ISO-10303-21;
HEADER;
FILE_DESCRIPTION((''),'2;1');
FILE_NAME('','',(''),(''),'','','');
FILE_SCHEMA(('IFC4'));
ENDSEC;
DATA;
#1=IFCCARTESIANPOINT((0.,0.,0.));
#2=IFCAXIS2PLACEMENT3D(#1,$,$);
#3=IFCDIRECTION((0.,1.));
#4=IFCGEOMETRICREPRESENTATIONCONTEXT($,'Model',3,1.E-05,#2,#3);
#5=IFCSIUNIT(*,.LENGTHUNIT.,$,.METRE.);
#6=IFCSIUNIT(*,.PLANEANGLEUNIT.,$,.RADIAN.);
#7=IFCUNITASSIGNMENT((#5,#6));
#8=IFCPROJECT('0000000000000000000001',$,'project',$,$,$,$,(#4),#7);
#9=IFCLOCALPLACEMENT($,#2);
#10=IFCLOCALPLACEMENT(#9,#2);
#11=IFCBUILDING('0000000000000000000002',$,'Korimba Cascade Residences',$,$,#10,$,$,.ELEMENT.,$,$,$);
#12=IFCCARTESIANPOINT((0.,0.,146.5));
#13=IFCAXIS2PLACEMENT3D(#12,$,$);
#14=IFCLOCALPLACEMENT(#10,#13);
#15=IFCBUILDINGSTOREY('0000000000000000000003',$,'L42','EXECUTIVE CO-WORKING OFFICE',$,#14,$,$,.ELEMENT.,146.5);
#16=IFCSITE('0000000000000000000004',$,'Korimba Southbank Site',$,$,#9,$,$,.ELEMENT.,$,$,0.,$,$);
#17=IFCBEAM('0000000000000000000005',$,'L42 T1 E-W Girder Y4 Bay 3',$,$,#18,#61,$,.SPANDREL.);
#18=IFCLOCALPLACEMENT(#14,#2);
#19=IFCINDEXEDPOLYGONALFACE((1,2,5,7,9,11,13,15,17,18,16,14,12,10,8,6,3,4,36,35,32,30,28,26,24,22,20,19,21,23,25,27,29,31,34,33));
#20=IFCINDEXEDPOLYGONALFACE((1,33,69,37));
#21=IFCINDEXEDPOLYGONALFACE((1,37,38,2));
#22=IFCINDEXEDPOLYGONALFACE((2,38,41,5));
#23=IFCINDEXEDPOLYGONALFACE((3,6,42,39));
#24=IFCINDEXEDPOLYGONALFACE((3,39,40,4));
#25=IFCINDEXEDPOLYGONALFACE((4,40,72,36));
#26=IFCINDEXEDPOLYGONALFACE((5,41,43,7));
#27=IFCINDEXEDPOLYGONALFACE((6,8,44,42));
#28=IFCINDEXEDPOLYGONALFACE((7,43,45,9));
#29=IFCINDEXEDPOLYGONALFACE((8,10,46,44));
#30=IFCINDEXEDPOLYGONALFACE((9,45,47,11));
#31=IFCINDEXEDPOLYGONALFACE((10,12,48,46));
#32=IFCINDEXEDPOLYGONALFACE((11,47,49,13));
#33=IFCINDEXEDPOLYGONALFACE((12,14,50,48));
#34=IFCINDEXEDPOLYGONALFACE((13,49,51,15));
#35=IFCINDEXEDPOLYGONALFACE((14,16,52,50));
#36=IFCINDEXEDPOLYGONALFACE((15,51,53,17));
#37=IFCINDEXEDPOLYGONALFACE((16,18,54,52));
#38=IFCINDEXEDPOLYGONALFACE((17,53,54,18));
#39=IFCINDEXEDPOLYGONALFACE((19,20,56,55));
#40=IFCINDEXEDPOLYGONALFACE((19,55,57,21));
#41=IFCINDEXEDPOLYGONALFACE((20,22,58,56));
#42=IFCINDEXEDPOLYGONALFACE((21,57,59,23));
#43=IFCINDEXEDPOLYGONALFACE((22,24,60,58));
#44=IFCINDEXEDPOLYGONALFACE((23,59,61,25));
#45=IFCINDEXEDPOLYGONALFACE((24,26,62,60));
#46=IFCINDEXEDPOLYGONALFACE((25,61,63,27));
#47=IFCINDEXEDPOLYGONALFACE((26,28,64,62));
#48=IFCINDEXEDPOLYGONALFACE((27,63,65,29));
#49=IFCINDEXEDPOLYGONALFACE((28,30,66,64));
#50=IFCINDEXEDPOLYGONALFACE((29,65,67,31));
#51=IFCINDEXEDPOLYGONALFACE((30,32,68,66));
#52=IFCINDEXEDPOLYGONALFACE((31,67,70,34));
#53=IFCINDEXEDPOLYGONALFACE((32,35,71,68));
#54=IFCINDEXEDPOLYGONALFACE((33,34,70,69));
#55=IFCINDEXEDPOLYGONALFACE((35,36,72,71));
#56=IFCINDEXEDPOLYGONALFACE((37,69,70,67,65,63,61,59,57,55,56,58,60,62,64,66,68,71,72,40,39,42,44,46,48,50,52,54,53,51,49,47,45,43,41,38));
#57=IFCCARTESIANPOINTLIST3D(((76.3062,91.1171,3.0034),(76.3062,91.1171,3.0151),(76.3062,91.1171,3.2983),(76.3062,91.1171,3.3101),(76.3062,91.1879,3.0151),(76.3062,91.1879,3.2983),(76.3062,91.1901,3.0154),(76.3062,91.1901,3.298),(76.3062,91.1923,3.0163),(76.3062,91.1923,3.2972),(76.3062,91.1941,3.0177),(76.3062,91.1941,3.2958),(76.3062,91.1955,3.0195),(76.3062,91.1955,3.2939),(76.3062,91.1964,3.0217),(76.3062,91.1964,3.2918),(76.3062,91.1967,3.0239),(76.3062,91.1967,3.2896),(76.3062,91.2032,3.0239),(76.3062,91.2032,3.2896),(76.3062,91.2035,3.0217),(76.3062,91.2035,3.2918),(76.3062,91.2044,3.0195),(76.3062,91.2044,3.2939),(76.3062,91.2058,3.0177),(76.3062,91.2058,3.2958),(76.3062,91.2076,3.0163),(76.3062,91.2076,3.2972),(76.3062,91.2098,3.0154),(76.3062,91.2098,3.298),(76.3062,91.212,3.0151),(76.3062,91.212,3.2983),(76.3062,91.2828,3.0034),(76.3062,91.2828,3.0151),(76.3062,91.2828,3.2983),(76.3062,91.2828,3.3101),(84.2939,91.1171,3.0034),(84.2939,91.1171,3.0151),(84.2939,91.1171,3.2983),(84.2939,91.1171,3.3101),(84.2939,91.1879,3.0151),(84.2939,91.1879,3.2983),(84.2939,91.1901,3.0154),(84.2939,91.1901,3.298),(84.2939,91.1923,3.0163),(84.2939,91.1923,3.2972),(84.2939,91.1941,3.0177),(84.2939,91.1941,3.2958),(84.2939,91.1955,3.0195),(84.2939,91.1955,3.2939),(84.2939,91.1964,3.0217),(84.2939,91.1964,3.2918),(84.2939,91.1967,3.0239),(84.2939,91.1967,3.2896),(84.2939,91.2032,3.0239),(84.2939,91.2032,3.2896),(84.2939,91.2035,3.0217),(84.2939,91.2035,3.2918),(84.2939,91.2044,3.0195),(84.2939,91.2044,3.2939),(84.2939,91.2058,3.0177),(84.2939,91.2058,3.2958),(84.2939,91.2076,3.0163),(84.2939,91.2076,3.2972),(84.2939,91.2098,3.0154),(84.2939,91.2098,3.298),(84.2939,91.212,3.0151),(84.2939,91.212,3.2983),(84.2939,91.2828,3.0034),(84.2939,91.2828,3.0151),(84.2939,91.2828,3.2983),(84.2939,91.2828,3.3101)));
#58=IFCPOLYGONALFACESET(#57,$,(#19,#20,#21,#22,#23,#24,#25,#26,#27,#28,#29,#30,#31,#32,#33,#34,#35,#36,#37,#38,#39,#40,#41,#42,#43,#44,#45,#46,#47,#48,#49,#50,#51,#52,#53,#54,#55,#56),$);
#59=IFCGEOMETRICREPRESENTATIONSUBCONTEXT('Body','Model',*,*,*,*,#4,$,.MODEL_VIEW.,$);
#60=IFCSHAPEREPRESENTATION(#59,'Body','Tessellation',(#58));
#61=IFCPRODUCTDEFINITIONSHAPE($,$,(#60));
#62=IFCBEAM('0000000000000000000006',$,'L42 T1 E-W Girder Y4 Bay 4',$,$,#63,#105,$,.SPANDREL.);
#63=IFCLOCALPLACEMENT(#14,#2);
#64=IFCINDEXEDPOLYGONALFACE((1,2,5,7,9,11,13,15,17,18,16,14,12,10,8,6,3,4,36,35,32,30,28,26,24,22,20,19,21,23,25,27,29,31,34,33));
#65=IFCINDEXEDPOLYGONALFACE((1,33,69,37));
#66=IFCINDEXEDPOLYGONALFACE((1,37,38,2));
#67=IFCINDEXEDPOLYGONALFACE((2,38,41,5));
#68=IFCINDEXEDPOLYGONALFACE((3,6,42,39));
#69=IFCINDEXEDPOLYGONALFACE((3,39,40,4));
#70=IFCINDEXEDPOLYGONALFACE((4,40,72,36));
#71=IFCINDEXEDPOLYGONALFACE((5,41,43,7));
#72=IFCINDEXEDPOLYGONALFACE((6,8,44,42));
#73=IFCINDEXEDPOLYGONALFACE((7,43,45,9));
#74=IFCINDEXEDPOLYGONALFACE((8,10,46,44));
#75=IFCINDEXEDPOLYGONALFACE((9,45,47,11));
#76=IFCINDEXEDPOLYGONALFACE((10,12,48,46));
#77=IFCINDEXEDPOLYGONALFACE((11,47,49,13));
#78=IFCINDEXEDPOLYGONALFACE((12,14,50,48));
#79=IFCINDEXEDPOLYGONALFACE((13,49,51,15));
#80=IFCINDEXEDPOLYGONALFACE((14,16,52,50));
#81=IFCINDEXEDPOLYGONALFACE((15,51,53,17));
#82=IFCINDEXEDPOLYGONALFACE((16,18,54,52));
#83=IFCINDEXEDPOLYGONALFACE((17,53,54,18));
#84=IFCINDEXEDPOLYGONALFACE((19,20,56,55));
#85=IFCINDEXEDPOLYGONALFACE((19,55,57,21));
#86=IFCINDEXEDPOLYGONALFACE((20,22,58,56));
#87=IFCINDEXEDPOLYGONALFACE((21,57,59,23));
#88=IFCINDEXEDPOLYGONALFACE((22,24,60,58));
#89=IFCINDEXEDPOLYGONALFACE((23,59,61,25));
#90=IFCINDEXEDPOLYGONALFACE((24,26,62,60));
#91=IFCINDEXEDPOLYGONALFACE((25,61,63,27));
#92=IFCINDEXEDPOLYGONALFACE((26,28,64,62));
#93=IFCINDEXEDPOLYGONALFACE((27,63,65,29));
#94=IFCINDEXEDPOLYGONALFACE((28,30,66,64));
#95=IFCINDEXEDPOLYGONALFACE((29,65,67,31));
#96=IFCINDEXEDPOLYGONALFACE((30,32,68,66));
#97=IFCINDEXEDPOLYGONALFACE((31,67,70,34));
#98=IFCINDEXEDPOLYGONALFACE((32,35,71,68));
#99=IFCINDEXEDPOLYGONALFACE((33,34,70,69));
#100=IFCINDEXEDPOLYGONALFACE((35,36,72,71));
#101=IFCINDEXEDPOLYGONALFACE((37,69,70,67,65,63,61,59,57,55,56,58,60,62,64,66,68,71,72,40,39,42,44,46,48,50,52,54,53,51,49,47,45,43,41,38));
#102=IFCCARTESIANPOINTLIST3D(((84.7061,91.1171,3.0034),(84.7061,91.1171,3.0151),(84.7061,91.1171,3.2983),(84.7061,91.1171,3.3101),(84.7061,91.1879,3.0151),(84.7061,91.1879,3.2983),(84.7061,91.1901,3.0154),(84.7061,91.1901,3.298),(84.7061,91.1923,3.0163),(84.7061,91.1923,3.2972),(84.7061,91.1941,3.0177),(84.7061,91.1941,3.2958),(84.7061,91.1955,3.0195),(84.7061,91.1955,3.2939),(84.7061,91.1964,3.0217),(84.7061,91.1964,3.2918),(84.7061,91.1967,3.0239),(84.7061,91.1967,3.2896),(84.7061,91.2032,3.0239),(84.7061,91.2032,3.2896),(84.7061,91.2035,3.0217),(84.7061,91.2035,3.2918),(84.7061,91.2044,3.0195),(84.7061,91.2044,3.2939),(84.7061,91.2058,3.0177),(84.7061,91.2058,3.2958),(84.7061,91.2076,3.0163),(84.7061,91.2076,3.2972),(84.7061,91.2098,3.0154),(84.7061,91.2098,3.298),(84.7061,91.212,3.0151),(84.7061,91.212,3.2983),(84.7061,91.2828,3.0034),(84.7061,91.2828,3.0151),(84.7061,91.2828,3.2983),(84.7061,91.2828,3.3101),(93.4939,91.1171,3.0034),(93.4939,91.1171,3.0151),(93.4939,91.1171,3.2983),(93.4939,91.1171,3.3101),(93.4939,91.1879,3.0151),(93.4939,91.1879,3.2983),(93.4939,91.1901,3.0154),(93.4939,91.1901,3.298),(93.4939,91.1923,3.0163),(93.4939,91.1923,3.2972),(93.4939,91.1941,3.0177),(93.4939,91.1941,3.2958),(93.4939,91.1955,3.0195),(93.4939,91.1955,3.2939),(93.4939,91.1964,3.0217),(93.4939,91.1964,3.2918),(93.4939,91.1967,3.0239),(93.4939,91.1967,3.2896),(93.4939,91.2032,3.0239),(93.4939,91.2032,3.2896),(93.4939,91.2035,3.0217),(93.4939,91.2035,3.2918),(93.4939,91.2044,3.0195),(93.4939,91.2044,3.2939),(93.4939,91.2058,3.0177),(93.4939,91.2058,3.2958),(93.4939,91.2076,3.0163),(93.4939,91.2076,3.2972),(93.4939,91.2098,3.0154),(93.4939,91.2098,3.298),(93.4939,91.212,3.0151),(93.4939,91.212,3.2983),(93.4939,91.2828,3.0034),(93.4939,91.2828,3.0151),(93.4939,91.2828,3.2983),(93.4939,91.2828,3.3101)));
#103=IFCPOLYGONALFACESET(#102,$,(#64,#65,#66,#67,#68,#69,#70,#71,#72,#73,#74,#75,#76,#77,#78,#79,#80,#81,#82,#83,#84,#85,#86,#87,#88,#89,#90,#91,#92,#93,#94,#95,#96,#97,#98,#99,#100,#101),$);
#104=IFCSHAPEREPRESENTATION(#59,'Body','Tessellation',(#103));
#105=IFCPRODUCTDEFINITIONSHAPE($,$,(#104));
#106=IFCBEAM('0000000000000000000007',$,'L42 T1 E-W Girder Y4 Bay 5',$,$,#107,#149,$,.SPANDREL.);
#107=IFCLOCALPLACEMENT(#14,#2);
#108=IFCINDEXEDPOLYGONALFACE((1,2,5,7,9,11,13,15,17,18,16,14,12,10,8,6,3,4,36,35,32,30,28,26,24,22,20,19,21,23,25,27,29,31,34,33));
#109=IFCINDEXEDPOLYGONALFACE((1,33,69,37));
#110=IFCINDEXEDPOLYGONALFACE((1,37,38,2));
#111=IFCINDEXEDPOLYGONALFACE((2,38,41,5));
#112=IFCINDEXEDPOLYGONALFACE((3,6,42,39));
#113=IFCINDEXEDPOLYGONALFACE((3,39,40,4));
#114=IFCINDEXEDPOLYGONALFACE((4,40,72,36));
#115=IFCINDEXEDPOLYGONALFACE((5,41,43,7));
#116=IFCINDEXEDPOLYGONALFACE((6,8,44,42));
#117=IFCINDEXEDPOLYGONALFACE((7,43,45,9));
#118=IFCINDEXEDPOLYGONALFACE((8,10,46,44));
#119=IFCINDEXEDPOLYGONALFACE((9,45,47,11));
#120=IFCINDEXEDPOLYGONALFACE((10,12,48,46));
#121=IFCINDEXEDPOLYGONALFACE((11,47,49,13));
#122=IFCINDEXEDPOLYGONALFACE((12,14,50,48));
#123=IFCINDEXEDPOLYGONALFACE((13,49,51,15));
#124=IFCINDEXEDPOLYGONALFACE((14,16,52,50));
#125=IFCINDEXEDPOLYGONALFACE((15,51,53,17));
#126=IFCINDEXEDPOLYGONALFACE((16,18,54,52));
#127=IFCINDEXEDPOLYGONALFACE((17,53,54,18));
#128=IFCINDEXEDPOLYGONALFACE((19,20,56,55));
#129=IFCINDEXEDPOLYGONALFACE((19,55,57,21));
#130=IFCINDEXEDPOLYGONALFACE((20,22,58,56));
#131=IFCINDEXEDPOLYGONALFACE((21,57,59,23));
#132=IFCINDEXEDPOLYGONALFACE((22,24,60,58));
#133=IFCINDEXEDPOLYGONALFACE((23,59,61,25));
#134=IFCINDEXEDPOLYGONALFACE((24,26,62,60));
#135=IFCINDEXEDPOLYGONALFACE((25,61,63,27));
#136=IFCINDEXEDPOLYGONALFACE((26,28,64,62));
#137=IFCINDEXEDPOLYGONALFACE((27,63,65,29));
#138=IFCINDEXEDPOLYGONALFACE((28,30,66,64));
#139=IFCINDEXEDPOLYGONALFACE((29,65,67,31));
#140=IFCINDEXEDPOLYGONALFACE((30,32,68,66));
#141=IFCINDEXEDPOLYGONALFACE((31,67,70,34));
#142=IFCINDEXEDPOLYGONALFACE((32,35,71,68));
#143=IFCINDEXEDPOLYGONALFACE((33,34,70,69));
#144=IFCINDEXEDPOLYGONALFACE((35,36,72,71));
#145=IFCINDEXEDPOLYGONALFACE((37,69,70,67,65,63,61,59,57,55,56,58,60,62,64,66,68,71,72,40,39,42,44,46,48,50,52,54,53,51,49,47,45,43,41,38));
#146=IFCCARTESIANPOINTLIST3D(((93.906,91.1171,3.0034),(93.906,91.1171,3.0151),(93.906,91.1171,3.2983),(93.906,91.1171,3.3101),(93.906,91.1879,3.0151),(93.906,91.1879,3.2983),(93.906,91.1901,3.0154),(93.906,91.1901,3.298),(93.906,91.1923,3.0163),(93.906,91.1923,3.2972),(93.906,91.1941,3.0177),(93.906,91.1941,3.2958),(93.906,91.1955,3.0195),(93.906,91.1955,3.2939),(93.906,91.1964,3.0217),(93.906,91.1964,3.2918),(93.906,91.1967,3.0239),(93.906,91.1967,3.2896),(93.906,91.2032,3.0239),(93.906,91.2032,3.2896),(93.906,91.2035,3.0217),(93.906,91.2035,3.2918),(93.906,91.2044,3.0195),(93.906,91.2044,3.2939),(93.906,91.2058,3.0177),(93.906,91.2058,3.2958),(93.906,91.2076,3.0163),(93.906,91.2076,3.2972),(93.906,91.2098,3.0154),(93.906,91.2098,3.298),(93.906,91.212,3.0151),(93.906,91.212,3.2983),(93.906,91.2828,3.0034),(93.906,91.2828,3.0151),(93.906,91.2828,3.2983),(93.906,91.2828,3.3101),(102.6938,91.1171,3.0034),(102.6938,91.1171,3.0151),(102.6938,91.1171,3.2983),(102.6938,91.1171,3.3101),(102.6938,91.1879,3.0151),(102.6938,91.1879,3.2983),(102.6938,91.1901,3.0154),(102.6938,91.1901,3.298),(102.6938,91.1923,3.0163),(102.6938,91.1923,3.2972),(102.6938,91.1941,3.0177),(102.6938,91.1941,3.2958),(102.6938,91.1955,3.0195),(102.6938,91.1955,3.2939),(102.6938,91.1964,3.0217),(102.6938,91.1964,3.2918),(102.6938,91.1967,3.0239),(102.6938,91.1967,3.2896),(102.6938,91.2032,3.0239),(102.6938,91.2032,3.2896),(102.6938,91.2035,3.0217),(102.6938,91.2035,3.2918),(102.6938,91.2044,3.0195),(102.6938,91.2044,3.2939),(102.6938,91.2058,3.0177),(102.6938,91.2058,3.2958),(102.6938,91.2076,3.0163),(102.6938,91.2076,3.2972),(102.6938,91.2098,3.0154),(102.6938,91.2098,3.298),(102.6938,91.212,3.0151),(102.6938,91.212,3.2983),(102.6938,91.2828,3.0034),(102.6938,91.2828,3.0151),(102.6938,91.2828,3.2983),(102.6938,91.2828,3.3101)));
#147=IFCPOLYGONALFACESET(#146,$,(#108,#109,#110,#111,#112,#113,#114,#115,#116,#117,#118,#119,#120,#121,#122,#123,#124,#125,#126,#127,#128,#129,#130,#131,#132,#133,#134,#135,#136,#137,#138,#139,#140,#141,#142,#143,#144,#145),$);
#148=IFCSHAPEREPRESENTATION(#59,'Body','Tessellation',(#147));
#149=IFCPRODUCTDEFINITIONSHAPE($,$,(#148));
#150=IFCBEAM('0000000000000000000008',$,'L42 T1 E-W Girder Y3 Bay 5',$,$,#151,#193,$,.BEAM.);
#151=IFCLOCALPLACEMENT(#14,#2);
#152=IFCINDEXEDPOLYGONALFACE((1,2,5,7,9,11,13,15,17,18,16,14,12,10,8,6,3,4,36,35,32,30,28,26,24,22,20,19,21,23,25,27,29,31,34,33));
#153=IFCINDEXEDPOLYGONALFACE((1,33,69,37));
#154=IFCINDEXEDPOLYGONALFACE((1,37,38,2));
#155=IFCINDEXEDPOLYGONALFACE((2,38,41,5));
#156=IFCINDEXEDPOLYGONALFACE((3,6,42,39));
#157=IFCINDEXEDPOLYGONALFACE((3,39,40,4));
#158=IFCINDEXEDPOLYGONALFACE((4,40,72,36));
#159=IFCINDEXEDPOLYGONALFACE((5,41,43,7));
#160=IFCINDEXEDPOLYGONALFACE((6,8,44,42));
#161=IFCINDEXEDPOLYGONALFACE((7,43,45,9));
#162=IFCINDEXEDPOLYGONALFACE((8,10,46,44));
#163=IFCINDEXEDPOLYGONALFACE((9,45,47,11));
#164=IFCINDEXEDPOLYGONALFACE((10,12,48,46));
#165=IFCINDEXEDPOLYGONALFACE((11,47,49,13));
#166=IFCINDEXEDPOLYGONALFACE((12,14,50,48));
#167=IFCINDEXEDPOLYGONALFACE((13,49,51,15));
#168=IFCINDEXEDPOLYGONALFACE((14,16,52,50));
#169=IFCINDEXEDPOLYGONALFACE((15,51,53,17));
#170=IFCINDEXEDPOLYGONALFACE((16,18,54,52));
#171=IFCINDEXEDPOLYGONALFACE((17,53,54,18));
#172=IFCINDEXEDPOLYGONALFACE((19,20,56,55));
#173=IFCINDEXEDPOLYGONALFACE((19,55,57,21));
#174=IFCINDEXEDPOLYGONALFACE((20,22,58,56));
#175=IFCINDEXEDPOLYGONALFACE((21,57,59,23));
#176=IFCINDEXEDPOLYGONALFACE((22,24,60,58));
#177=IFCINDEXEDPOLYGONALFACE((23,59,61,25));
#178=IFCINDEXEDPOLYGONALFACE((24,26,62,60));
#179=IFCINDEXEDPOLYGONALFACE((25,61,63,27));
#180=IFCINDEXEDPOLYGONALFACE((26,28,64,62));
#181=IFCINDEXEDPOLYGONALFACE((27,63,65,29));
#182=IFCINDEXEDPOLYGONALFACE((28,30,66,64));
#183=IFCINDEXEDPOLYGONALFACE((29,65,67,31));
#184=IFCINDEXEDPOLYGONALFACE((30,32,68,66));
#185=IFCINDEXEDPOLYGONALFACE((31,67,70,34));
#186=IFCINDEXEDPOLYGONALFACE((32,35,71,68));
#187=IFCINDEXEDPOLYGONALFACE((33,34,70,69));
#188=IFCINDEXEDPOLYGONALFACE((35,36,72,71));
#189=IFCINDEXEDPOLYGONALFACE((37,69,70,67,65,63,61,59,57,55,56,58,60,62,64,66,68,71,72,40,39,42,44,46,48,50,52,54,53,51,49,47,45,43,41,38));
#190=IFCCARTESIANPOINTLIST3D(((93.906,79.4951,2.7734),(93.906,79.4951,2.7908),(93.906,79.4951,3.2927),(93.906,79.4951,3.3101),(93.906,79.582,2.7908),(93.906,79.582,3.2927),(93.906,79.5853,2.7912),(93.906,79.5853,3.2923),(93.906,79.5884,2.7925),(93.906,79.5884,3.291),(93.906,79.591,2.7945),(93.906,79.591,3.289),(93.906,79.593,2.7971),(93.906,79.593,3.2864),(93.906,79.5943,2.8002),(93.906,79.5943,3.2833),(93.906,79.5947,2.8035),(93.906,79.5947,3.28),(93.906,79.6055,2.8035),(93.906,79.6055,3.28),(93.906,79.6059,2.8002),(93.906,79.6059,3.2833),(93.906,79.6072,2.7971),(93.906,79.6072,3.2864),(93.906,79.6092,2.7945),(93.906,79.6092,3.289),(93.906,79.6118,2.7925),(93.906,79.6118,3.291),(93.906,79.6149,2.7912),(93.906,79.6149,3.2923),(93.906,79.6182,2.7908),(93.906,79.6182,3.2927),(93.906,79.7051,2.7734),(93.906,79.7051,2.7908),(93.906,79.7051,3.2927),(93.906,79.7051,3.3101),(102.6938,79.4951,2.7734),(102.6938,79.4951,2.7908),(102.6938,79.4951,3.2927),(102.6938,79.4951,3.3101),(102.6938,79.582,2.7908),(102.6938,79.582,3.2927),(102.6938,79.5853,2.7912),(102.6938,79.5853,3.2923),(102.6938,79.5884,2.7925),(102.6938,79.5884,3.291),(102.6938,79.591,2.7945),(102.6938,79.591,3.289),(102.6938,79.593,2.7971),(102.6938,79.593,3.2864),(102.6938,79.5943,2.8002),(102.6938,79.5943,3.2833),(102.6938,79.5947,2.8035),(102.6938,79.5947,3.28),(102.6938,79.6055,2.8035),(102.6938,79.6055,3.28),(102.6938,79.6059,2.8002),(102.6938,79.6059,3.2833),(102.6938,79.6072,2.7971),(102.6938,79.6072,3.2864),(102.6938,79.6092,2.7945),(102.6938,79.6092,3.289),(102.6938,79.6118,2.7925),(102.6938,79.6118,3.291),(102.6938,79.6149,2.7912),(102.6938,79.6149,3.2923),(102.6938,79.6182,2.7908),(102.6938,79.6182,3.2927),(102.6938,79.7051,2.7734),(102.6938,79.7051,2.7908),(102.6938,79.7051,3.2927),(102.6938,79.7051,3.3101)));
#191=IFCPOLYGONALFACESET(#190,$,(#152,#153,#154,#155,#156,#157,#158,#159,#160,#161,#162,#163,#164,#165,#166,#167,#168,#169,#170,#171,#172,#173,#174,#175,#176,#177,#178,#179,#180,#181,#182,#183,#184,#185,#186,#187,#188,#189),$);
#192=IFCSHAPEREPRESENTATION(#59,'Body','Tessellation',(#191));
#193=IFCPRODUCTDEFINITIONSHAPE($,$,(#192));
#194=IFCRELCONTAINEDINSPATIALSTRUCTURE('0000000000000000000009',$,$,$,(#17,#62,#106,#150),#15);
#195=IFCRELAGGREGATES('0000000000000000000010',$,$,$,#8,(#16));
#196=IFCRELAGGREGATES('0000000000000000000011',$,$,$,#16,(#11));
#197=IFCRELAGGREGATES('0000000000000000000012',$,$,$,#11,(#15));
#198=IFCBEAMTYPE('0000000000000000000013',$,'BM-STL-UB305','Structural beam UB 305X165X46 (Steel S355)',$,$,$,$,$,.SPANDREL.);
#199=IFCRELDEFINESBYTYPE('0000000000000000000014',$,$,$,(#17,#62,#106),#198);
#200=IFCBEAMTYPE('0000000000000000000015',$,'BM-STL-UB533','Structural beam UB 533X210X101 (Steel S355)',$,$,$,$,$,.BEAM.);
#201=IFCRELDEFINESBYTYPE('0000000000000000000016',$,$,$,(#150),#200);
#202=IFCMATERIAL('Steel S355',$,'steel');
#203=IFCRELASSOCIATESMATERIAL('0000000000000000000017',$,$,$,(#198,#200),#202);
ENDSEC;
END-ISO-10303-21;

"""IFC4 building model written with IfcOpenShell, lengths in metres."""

from ifc_helpers import new_model, si_unit, direction, frame, origin, origin_2d, place, context, subcontext, project, spatial, i_section, extrude, material, material_profile, profile_set, type_object, element, save


model = new_model("IFC4")

# Units and contexts
model_context = context("Model", 3, precision=1e-05, world=origin(), true_north=direction((0.0, 1.0)))
body_context = subcontext(model_context, "Body", "Model", "MODEL_VIEW")
ifc_project = project(units=[si_unit("LENGTHUNIT", "METRE"), si_unit("PLANEANGLEUNIT", "RADIAN")], contexts=[model_context])

# Site, building, storey
site_placement = place(None, origin())
site = spatial("IfcSite", under=ifc_project, at=site_placement, Name="Korimba Southbank Site", CompositionType="ELEMENT", RefElevation=0.0)
building_placement = place(site_placement, origin())
building = spatial("IfcBuilding", under=site, at=building_placement, Name="Korimba Cascade Residences", CompositionType="ELEMENT")
storey_placement = place(building_placement, frame((0.0, 0.0, 146.5)))
storey = spatial("IfcBuildingStorey", under=building, at=storey_placement, Name="L42", Description="EXECUTIVE CO-WORKING OFFICE", CompositionType="ELEMENT", Elevation=146.5)

# Beams
ifc_material_1 = material(Name="Steel S355", Category="steel")
ifc_material_profile_1 = material_profile(ifc_material_1, i_section(OverallWidth=0.1658, OverallDepth=0.3066, WebThickness=0.0066, FlangeThickness=0.0117, FilletRadius=0.0088, at=origin_2d()), Name="Steel S355")
ifc_profile_set_1 = profile_set([ifc_material_profile_1], Name="Steel S355")
beam_type_1 = type_object("IfcBeamType", Name="BM-STL-UB305", Description="Structural beam UB 305X165X46 (Steel S355)", PredefinedType="SPANDREL", material=ifc_profile_set_1)
beam_1_placement = place(storey_placement, frame((76.3062, 91.2, 3.1567), z_axis=(1.0, 0.0, 0.0), x_axis=(0.0, 1.0, 0.0)))
element("IfcBeam", 1, at=beam_1_placement, inside=storey, type_object=beam_type_1, Name="L42 T1 E-W Girder Y4 Bay 3", PredefinedType="SPANDREL", context=body_context, shape_type="SweptSolid", body=[
    extrude(i_section(OverallWidth=0.1658, OverallDepth=0.3066, WebThickness=0.0066, FlangeThickness=0.0117, FilletRadius=0.0088, at=origin_2d()), origin(), (0.0, 0.0, 1.0), 7.9878),
])
for number, where, z_axis, x_axis, name in (
    (2, (84.7061, 91.2, 3.1567), (1.0, 0.0, 0.0), (0.0, 1.0, 0.0), "L42 T1 E-W Girder Y4 Bay 4"),
    (3, (93.906, 91.2, 3.1567), (1.0, 0.0, 0.0), (0.0, 1.0, 0.0), "L42 T1 E-W Girder Y4 Bay 5"),
):
    element("IfcBeam", number, at=place(storey_placement, frame(where, z_axis=z_axis, x_axis=x_axis)), inside=storey, type_object=beam_type_1, Name=name, PredefinedType="SPANDREL", context=body_context, shape_type="SweptSolid", body=[
        extrude(i_section(OverallWidth=0.1658, OverallDepth=0.3066, WebThickness=0.0066, FlangeThickness=0.0117, FilletRadius=0.0088, at=origin_2d()), origin(), (0.0, 0.0, 1.0), 8.7878),
    ])
ifc_material_profile_2 = material_profile(ifc_material_1, i_section(OverallWidth=0.21, OverallDepth=0.5366, WebThickness=0.0107, FlangeThickness=0.0173, FilletRadius=0.0127, at=origin_2d()), Name="Steel S355")
ifc_profile_set_2 = profile_set([ifc_material_profile_2], Name="Steel S355")
beam_type_2 = type_object("IfcBeamType", Name="BM-STL-UB533", Description="Structural beam UB 533X210X101 (Steel S355)", PredefinedType="BEAM", material=ifc_profile_set_2)
beam_2_placement = place(storey_placement, frame((93.906, 79.6001, 3.0417), z_axis=(1.0, 0.0, 0.0), x_axis=(0.0, 1.0, 0.0)))
element("IfcBeam", 4, at=beam_2_placement, inside=storey, type_object=beam_type_2, Name="L42 T1 E-W Girder Y3 Bay 5", PredefinedType="BEAM", context=body_context, shape_type="SweptSolid", body=[
    extrude(i_section(OverallWidth=0.21, OverallDepth=0.5366, WebThickness=0.0107, FlangeThickness=0.0173, FilletRadius=0.0127, at=origin_2d()), origin(), (0.0, 0.0, 1.0), 8.7878),
])

save(model, "model.ifc")
